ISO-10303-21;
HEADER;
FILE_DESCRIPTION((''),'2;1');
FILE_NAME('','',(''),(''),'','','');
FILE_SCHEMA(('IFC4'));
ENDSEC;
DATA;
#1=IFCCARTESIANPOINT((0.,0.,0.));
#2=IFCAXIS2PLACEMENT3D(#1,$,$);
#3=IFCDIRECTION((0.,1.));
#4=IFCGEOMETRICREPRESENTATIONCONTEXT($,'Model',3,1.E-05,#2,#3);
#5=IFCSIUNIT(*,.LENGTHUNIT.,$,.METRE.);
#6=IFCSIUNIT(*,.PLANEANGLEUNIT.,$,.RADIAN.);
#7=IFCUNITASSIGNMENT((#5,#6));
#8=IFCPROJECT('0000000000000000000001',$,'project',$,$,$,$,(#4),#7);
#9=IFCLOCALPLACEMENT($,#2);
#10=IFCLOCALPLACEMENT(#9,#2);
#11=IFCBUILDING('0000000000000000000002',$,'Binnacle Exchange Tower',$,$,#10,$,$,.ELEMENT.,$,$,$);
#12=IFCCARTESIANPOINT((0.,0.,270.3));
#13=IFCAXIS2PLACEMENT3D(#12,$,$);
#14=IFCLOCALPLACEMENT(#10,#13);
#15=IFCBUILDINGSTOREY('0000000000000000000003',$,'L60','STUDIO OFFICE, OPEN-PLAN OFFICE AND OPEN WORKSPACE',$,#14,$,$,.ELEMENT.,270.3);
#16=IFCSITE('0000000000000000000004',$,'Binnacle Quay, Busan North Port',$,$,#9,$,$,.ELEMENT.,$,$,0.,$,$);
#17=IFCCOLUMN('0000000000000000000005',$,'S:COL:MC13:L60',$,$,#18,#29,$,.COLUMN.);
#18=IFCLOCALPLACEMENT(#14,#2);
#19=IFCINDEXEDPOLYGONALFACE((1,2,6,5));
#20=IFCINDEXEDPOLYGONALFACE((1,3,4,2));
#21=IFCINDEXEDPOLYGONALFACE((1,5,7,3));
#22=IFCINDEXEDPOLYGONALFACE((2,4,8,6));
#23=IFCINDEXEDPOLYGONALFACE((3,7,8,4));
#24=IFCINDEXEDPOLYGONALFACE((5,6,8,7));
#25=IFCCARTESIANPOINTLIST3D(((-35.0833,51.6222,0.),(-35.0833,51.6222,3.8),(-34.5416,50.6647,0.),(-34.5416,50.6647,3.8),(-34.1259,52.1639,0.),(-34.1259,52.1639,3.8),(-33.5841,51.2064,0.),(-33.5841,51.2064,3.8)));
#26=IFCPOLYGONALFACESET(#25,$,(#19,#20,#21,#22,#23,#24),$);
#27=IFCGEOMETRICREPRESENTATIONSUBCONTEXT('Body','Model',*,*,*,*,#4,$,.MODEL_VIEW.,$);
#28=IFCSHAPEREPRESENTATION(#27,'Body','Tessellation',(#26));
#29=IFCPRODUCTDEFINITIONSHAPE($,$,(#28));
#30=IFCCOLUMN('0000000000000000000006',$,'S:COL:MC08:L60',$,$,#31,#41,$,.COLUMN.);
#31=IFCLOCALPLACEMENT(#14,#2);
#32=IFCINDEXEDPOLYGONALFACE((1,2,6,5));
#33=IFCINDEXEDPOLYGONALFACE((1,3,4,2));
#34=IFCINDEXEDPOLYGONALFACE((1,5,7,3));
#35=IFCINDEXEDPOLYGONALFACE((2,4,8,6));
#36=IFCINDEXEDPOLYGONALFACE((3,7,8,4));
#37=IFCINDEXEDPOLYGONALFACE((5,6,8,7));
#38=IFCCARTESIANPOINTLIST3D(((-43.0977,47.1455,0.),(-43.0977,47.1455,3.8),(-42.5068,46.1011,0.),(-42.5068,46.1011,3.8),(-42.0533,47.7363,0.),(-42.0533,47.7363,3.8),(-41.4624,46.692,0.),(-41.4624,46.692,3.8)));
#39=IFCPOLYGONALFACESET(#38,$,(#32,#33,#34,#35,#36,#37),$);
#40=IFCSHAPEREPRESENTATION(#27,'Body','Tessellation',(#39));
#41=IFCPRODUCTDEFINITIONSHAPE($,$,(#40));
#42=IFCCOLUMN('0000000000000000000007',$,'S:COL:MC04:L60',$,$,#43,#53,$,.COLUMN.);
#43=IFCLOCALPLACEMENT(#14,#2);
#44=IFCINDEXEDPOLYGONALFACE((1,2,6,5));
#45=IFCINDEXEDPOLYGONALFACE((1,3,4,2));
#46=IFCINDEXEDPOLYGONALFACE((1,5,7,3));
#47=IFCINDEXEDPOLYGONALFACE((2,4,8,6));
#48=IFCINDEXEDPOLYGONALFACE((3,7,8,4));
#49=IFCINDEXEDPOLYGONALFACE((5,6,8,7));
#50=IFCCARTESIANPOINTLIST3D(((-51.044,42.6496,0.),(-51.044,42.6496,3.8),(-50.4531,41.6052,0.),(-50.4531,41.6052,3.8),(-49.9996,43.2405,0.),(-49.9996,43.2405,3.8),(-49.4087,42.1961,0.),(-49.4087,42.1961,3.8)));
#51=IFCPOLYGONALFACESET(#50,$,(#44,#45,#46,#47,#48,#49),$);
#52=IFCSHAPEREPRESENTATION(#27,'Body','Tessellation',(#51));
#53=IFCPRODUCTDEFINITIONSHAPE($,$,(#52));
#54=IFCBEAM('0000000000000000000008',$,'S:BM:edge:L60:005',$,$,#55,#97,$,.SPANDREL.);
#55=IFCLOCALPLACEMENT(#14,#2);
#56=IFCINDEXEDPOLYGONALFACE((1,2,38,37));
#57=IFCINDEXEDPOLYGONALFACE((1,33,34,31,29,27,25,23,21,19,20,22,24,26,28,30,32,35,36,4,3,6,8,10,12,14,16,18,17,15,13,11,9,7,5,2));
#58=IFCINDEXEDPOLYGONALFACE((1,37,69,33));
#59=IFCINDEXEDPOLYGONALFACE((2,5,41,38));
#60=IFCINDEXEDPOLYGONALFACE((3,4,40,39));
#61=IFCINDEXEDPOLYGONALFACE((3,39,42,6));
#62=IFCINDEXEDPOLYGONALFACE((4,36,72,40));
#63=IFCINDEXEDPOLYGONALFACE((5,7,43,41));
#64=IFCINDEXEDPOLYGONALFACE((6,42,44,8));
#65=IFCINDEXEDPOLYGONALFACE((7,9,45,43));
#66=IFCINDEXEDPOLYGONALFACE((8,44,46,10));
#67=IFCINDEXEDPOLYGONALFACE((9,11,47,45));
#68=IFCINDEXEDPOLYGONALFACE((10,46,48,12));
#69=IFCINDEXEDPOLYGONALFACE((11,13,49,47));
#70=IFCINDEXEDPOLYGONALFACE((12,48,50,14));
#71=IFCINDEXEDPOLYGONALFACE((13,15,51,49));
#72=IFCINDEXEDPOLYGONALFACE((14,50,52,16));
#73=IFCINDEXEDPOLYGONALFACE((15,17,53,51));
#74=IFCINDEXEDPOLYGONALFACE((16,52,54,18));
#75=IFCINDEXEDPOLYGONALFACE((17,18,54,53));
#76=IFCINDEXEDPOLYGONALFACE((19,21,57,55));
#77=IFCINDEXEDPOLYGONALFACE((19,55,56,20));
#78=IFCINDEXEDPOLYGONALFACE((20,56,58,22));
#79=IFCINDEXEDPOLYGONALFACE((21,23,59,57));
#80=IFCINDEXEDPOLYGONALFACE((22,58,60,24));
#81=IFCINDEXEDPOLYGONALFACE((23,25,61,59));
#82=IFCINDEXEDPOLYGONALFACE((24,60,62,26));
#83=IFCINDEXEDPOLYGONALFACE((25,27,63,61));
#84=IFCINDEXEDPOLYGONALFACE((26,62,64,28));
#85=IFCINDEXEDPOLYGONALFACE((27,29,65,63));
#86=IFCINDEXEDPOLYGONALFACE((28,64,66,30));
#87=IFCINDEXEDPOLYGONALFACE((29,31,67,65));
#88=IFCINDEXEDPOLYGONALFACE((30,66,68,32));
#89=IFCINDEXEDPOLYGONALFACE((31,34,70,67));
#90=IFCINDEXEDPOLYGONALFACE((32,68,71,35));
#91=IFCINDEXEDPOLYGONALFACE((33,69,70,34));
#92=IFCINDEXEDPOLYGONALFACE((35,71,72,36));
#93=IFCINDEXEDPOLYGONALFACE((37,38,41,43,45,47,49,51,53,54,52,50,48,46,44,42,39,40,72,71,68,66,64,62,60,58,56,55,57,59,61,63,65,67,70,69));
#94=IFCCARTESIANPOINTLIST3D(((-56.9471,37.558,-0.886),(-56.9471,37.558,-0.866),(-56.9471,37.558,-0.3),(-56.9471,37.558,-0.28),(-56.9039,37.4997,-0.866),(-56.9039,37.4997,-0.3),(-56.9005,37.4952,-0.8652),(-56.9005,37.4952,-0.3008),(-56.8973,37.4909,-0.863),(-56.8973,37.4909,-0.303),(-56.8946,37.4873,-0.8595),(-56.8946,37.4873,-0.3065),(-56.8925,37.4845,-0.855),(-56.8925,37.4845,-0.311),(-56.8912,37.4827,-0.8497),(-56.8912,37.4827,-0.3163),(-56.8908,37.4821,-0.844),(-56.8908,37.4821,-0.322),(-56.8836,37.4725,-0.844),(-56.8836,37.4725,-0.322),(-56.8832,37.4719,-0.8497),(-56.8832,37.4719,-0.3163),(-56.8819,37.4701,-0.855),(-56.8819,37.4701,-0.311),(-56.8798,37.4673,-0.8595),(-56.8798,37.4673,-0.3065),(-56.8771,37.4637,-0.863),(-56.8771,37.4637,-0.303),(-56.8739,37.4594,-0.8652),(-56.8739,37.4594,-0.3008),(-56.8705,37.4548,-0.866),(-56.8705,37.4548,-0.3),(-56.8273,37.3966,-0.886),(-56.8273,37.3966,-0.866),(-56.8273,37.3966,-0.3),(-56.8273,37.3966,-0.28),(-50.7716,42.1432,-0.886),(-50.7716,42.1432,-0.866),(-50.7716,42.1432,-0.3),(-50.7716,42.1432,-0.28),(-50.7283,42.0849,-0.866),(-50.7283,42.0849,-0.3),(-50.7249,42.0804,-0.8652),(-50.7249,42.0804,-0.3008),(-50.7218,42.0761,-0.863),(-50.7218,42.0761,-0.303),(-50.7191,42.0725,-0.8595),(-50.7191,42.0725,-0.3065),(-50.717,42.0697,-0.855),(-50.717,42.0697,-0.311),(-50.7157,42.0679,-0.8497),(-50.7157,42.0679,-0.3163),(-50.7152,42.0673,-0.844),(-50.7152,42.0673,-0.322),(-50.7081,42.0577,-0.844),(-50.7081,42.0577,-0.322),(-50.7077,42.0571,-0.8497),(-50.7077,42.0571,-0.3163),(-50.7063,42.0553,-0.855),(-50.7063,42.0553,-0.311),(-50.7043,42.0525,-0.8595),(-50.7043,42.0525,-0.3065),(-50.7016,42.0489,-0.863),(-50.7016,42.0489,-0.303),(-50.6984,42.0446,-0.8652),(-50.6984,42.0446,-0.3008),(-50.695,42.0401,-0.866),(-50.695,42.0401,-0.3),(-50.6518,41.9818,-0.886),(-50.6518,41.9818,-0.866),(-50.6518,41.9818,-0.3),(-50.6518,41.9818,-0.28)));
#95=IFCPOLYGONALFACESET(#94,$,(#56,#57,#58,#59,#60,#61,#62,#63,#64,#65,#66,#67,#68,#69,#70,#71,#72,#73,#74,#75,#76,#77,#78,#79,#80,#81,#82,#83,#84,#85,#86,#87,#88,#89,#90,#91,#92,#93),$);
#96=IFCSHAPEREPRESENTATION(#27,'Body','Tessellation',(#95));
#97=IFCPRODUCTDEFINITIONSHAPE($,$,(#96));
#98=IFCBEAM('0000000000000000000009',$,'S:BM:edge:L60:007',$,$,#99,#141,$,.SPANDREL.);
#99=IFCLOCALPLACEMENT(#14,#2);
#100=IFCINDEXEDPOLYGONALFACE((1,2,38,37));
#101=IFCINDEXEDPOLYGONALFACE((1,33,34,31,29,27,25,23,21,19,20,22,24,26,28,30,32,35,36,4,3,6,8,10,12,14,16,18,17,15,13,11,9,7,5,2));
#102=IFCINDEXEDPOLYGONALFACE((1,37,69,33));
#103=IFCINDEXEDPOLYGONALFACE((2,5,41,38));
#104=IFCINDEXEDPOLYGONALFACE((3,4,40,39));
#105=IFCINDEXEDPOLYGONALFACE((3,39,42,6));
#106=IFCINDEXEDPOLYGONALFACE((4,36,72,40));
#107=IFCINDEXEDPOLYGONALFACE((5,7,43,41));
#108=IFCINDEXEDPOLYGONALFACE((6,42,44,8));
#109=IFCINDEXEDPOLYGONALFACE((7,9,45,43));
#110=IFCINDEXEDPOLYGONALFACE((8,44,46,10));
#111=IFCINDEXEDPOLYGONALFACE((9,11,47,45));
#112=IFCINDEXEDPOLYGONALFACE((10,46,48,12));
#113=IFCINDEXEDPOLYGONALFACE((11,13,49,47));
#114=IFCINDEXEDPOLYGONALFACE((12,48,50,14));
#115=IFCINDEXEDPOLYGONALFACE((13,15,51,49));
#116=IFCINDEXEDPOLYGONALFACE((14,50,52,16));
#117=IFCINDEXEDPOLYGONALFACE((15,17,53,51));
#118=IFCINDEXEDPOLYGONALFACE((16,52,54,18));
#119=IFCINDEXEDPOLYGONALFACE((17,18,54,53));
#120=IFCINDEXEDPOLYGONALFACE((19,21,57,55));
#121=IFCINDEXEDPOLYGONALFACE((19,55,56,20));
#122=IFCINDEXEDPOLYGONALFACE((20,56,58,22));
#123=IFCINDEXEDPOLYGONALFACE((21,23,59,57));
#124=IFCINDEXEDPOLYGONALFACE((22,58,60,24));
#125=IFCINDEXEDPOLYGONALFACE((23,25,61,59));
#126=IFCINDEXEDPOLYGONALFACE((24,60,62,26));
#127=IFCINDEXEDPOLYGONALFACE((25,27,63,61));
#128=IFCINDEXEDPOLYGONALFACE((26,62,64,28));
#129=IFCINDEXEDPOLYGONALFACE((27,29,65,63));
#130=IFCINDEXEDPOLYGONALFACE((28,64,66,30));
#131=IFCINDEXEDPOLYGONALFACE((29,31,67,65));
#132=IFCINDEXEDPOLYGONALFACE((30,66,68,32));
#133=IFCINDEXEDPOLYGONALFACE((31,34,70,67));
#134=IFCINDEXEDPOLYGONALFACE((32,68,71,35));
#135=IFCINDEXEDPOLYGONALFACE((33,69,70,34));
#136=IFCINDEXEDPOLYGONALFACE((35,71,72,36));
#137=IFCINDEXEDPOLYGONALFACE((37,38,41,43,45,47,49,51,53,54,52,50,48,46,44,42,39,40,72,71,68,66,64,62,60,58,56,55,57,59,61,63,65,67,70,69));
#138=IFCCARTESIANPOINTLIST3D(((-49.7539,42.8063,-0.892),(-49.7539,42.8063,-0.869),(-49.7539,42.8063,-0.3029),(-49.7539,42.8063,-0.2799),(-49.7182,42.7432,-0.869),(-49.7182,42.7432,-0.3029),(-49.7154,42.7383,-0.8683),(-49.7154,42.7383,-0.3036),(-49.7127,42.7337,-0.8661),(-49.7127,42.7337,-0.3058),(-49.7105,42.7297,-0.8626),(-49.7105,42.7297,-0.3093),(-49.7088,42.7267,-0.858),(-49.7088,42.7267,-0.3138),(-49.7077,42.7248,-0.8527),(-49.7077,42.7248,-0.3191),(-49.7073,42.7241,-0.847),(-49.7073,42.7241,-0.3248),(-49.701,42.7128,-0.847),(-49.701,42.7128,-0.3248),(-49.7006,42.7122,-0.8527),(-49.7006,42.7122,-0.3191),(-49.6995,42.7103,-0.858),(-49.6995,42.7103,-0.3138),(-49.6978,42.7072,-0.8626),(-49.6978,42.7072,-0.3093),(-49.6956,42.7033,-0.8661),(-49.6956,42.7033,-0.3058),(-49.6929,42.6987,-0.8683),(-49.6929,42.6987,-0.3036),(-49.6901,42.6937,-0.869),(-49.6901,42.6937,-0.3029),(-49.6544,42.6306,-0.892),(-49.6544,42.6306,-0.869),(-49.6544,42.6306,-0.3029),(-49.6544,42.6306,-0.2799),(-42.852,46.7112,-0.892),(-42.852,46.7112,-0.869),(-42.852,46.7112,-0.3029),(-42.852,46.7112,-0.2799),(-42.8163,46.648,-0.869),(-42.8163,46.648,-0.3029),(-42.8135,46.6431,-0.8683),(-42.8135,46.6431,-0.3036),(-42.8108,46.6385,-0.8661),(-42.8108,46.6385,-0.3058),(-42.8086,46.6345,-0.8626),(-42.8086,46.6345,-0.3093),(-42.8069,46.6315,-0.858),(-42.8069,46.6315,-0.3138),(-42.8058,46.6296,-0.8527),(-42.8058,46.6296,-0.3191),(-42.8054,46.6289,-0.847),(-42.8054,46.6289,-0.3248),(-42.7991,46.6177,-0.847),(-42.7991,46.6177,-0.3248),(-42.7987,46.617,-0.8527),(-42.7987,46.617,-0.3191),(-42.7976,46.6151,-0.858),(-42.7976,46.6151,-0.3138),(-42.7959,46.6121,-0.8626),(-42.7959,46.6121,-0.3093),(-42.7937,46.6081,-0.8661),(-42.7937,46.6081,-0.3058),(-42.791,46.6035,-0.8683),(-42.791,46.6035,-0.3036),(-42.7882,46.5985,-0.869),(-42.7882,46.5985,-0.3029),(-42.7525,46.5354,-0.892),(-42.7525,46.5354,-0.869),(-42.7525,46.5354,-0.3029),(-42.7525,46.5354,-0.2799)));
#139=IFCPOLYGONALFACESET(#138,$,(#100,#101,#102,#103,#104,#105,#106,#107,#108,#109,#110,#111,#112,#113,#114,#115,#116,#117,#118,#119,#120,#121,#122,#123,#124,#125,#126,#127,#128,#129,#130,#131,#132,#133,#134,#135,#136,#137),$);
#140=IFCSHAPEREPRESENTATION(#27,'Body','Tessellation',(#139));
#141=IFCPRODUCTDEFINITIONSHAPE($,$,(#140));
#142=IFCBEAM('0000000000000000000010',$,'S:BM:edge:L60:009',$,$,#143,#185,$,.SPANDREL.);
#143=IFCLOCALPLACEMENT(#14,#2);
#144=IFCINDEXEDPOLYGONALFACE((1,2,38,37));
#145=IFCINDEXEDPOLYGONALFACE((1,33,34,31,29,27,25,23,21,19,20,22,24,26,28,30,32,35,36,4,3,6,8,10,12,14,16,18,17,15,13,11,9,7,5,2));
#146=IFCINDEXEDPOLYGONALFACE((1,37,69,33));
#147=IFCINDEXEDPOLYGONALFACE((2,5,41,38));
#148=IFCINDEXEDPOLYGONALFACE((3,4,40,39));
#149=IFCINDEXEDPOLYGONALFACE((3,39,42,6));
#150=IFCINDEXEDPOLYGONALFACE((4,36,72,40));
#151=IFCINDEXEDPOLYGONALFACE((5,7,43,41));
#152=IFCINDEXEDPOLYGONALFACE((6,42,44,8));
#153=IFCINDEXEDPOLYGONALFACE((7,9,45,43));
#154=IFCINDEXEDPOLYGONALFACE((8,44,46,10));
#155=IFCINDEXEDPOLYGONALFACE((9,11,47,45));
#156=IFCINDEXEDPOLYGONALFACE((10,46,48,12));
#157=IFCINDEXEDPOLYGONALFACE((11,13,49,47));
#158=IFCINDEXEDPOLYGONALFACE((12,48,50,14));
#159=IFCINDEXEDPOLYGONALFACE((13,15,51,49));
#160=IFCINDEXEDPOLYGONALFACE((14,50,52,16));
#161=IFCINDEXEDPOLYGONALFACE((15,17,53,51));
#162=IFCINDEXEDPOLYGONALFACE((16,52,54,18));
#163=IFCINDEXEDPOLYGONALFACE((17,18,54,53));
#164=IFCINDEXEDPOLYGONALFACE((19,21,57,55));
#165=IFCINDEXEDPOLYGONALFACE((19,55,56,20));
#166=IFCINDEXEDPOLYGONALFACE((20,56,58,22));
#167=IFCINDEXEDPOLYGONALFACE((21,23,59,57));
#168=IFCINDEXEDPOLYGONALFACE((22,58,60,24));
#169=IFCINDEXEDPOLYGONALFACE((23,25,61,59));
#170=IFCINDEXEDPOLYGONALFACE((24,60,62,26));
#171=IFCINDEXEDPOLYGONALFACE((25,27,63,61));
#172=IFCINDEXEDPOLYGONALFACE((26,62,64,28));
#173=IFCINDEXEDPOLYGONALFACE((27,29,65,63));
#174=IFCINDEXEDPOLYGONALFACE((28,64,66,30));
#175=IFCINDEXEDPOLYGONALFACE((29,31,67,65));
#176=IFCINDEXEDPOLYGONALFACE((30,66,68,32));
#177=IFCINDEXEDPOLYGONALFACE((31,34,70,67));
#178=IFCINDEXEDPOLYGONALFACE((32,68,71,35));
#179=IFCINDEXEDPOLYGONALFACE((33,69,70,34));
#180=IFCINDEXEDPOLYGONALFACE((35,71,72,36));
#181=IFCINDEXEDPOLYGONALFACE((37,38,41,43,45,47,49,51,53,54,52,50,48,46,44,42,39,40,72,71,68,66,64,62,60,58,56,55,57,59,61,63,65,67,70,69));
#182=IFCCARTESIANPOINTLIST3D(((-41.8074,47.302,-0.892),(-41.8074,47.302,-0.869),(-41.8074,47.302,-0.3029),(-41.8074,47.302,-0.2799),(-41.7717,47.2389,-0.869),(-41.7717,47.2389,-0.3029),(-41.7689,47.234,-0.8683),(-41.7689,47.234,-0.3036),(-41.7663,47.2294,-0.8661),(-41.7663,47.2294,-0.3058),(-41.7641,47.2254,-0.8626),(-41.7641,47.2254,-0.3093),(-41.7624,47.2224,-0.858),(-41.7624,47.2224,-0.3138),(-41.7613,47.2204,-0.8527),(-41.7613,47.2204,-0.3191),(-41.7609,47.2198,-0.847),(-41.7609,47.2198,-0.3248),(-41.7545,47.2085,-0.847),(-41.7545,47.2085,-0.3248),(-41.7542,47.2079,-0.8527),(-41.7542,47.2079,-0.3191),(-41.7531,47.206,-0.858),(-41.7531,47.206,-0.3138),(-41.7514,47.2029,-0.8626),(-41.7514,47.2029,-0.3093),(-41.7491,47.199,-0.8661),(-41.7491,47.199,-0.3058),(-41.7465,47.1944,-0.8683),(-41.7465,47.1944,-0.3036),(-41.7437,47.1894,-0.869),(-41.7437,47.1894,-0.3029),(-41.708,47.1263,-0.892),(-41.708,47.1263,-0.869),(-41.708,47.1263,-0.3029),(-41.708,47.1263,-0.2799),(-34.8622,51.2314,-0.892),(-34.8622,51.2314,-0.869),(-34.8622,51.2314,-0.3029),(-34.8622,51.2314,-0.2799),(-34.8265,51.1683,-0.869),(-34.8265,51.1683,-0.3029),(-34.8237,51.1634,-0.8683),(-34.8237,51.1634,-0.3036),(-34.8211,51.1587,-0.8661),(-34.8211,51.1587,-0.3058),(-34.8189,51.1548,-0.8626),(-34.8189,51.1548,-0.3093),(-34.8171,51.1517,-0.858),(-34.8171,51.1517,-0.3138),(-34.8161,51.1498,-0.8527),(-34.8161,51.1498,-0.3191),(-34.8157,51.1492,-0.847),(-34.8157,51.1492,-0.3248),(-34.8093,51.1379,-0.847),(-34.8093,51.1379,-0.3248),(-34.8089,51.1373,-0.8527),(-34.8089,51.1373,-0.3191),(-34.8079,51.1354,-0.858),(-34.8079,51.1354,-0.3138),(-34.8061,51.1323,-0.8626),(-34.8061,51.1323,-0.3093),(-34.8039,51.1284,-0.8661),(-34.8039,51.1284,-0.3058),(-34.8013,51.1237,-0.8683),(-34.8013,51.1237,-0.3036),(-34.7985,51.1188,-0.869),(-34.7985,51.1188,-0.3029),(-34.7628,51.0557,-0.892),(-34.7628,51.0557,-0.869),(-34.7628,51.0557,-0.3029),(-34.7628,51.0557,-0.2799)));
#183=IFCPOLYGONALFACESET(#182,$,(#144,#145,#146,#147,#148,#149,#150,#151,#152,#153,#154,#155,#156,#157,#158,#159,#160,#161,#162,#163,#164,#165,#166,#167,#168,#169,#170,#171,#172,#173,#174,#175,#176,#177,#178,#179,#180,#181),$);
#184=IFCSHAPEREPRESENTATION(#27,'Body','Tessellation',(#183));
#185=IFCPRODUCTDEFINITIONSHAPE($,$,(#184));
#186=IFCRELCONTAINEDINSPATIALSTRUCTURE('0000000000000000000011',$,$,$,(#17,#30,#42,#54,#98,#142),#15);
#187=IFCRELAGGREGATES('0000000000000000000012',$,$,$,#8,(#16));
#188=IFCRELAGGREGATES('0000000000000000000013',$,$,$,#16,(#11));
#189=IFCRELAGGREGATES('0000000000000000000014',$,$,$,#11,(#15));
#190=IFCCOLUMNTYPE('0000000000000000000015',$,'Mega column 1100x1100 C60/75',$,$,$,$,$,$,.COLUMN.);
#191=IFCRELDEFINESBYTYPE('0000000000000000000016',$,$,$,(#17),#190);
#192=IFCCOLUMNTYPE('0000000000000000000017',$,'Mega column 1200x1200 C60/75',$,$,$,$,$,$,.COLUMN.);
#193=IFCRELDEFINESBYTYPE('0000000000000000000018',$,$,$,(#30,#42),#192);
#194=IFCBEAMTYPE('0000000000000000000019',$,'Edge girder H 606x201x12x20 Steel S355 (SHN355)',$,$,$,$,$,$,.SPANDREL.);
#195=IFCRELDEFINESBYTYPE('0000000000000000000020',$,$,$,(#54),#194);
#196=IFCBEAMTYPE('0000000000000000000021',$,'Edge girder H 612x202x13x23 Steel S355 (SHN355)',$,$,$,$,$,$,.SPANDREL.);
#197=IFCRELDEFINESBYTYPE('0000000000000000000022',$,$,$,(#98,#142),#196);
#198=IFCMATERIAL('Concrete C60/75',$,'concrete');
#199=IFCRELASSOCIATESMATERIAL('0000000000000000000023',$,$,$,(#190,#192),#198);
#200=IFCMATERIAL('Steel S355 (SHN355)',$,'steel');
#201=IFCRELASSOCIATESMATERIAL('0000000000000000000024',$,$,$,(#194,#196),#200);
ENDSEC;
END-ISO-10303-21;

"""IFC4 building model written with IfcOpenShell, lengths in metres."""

from ifc_helpers import new_model, si_unit, direction, frame, origin, origin_2d, place, context, subcontext, project, spatial, rectangle, i_section, extrude, material, material_profile, profile_set, type_object, element, save


model = new_model("IFC4")

# Units and contexts
model_context = context("Model", 3, precision=1e-05, world=origin(), true_north=direction((0.0, 1.0)))
body_context = subcontext(model_context, "Body", "Model", "MODEL_VIEW")
ifc_project = project(units=[si_unit("LENGTHUNIT", "METRE"), si_unit("PLANEANGLEUNIT", "RADIAN")], contexts=[model_context])

# Site, building, storey
site_placement = place(None, origin())
site = spatial("IfcSite", under=ifc_project, at=site_placement, Name="Binnacle Quay, Busan North Port", CompositionType="ELEMENT", RefElevation=0.0)
building_placement = place(site_placement, origin())
building = spatial("IfcBuilding", under=site, at=building_placement, Name="Binnacle Exchange Tower", CompositionType="ELEMENT")
storey_placement = place(building_placement, frame((0.0, 0.0, 270.3)))
storey = spatial("IfcBuildingStorey", under=building, at=storey_placement, Name="L60", Description="STUDIO OFFICE, OPEN-PLAN OFFICE AND OPEN WORKSPACE", CompositionType="ELEMENT", Elevation=270.3)

# Columns
ifc_material_1 = material(Name="Concrete C60/75", Category="concrete")
ifc_material_profile_1 = material_profile(ifc_material_1, rectangle(XDim=1.1001, YDim=1.1001, at=origin_2d()), Name="Mega column 1100x1100 C60/75")
ifc_profile_set_1 = profile_set([ifc_material_profile_1], Name="Concrete C60/75")
column_type_1 = type_object("IfcColumnType", Name="Mega column 1100x1100 C60/75", PredefinedType="COLUMN", material=ifc_profile_set_1)
column_placement = place(storey_placement, frame((-34.3337, 51.4143, 0.0), z_axis=(0.0, 0.0, 1.0), x_axis=(-0.870356, -0.492424, 0.0)))
element("IfcColumn", 1, at=column_placement, inside=storey, type_object=column_type_1, Name="S:COL:MC13:L60", PredefinedType="COLUMN", context=body_context, shape_type="SweptSolid", body=[
    extrude(rectangle(XDim=1.1001, YDim=1.1001, at=origin_2d()), origin(), (0.0, 0.0, 1.0), 3.8),
])
ifc_material_profile_2 = material_profile(ifc_material_1, rectangle(XDim=1.2, YDim=1.2, at=origin_2d()), Name="Mega column 1200x1200 C60/75")
ifc_profile_set_2 = profile_set([ifc_material_profile_2], Name="Concrete C60/75")
column_type_2 = type_object("IfcColumnType", Name="Mega column 1200x1200 C60/75", PredefinedType="COLUMN", material=ifc_profile_set_2)
for number, where, z_axis, x_axis, name in (
    (2, (-42.28, 46.9187, 0.0), (0.0, 0.0, 1.0), (-0.870356, -0.492424, 0.0), "S:COL:MC08:L60"),
    (3, (-50.2263, 42.4229, 0.0), (0.0, 0.0, 1.0), (-0.870356, -0.492424, 0.0), "S:COL:MC04:L60"),
):
    element("IfcColumn", number, at=place(storey_placement, frame(where, z_axis=z_axis, x_axis=x_axis)), inside=storey, type_object=column_type_2, Name=name, PredefinedType="COLUMN", context=body_context, shape_type="SweptSolid", body=[
        extrude(rectangle(XDim=1.2, YDim=1.2, at=origin_2d()), origin(), (0.0, 0.0, 1.0), 3.8),
    ])

# Beams
ifc_material_2 = material(Name="Steel S355 (SHN355)", Category="steel")
ifc_material_profile_3 = material_profile(ifc_material_2, i_section(OverallWidth=0.2009, OverallDepth=0.606, WebThickness=0.012, FlangeThickness=0.02, FilletRadius=0.022, at=origin_2d()), Name="H 606x201x12x20")
ifc_profile_set_3 = profile_set([ifc_material_profile_3], Name="Steel S355 (SHN355)")
beam_type_1 = type_object("IfcBeamType", Name="Edge girder H 606x201x12x20 Steel S355 (SHN355)", PredefinedType="SPANDREL", material=ifc_profile_set_3)
beam_1_placement = place(storey_placement, frame((-50.7117, 42.0625, -0.583), z_axis=(-0.802889, -0.596128, 0.0), x_axis=(0.596128, -0.802889, 0.0)))
element("IfcBeam", 4, at=beam_1_placement, inside=storey, type_object=beam_type_1, Name="S:BM:edge:L60:005", PredefinedType="SPANDREL", context=body_context, shape_type="SweptSolid", body=[
    extrude(i_section(OverallWidth=0.2009, OverallDepth=0.606, WebThickness=0.012, FlangeThickness=0.02, FilletRadius=0.022, at=origin_2d()), origin(), (0.0, 0.0, 1.0), 7.6917),
])
ifc_material_profile_4 = material_profile(ifc_material_2, i_section(OverallWidth=0.2019, OverallDepth=0.6121, WebThickness=0.0129, FlangeThickness=0.0229, FilletRadius=0.022, at=origin_2d()), Name="H 612x202x13x23")
ifc_profile_set_4 = profile_set([ifc_material_profile_4], Name="Steel S355 (SHN355)")
beam_type_2 = type_object("IfcBeamType", Name="Edge girder H 612x202x13x23 Steel S355 (SHN355)", PredefinedType="SPANDREL", material=ifc_profile_set_4)
beam_2_placement = place(storey_placement, frame((-42.8022, 46.6233, -0.5859), z_axis=(-0.870361, -0.492414, 0.0), x_axis=(0.492414, -0.870361, 0.0)))
element("IfcBeam", 5, at=beam_2_placement, inside=storey, type_object=beam_type_2, Name="S:BM:edge:L60:007", PredefinedType="SPANDREL", context=body_context, shape_type="SweptSolid", body=[
    extrude(i_section(OverallWidth=0.2019, OverallDepth=0.6121, WebThickness=0.0129, FlangeThickness=0.0229, FilletRadius=0.022, at=origin_2d()), origin(), (0.0, 0.0, 1.0), 7.9299),
])
beam_3_placement = place(storey_placement, frame((-34.8125, 51.1436, -0.5859), z_axis=(-0.870357, -0.492421, 0.0), x_axis=(0.492421, -0.870357, 0.0)))
element("IfcBeam", 6, at=beam_3_placement, inside=storey, type_object=beam_type_2, Name="S:BM:edge:L60:009", PredefinedType="SPANDREL", context=body_context, shape_type="SweptSolid", body=[
    extrude(i_section(OverallWidth=0.2019, OverallDepth=0.6121, WebThickness=0.0129, FlangeThickness=0.0229, FilletRadius=0.022, at=origin_2d()), origin(), (0.0, 0.0, 1.0), 7.9797),
])

save(model, "model.ifc")
